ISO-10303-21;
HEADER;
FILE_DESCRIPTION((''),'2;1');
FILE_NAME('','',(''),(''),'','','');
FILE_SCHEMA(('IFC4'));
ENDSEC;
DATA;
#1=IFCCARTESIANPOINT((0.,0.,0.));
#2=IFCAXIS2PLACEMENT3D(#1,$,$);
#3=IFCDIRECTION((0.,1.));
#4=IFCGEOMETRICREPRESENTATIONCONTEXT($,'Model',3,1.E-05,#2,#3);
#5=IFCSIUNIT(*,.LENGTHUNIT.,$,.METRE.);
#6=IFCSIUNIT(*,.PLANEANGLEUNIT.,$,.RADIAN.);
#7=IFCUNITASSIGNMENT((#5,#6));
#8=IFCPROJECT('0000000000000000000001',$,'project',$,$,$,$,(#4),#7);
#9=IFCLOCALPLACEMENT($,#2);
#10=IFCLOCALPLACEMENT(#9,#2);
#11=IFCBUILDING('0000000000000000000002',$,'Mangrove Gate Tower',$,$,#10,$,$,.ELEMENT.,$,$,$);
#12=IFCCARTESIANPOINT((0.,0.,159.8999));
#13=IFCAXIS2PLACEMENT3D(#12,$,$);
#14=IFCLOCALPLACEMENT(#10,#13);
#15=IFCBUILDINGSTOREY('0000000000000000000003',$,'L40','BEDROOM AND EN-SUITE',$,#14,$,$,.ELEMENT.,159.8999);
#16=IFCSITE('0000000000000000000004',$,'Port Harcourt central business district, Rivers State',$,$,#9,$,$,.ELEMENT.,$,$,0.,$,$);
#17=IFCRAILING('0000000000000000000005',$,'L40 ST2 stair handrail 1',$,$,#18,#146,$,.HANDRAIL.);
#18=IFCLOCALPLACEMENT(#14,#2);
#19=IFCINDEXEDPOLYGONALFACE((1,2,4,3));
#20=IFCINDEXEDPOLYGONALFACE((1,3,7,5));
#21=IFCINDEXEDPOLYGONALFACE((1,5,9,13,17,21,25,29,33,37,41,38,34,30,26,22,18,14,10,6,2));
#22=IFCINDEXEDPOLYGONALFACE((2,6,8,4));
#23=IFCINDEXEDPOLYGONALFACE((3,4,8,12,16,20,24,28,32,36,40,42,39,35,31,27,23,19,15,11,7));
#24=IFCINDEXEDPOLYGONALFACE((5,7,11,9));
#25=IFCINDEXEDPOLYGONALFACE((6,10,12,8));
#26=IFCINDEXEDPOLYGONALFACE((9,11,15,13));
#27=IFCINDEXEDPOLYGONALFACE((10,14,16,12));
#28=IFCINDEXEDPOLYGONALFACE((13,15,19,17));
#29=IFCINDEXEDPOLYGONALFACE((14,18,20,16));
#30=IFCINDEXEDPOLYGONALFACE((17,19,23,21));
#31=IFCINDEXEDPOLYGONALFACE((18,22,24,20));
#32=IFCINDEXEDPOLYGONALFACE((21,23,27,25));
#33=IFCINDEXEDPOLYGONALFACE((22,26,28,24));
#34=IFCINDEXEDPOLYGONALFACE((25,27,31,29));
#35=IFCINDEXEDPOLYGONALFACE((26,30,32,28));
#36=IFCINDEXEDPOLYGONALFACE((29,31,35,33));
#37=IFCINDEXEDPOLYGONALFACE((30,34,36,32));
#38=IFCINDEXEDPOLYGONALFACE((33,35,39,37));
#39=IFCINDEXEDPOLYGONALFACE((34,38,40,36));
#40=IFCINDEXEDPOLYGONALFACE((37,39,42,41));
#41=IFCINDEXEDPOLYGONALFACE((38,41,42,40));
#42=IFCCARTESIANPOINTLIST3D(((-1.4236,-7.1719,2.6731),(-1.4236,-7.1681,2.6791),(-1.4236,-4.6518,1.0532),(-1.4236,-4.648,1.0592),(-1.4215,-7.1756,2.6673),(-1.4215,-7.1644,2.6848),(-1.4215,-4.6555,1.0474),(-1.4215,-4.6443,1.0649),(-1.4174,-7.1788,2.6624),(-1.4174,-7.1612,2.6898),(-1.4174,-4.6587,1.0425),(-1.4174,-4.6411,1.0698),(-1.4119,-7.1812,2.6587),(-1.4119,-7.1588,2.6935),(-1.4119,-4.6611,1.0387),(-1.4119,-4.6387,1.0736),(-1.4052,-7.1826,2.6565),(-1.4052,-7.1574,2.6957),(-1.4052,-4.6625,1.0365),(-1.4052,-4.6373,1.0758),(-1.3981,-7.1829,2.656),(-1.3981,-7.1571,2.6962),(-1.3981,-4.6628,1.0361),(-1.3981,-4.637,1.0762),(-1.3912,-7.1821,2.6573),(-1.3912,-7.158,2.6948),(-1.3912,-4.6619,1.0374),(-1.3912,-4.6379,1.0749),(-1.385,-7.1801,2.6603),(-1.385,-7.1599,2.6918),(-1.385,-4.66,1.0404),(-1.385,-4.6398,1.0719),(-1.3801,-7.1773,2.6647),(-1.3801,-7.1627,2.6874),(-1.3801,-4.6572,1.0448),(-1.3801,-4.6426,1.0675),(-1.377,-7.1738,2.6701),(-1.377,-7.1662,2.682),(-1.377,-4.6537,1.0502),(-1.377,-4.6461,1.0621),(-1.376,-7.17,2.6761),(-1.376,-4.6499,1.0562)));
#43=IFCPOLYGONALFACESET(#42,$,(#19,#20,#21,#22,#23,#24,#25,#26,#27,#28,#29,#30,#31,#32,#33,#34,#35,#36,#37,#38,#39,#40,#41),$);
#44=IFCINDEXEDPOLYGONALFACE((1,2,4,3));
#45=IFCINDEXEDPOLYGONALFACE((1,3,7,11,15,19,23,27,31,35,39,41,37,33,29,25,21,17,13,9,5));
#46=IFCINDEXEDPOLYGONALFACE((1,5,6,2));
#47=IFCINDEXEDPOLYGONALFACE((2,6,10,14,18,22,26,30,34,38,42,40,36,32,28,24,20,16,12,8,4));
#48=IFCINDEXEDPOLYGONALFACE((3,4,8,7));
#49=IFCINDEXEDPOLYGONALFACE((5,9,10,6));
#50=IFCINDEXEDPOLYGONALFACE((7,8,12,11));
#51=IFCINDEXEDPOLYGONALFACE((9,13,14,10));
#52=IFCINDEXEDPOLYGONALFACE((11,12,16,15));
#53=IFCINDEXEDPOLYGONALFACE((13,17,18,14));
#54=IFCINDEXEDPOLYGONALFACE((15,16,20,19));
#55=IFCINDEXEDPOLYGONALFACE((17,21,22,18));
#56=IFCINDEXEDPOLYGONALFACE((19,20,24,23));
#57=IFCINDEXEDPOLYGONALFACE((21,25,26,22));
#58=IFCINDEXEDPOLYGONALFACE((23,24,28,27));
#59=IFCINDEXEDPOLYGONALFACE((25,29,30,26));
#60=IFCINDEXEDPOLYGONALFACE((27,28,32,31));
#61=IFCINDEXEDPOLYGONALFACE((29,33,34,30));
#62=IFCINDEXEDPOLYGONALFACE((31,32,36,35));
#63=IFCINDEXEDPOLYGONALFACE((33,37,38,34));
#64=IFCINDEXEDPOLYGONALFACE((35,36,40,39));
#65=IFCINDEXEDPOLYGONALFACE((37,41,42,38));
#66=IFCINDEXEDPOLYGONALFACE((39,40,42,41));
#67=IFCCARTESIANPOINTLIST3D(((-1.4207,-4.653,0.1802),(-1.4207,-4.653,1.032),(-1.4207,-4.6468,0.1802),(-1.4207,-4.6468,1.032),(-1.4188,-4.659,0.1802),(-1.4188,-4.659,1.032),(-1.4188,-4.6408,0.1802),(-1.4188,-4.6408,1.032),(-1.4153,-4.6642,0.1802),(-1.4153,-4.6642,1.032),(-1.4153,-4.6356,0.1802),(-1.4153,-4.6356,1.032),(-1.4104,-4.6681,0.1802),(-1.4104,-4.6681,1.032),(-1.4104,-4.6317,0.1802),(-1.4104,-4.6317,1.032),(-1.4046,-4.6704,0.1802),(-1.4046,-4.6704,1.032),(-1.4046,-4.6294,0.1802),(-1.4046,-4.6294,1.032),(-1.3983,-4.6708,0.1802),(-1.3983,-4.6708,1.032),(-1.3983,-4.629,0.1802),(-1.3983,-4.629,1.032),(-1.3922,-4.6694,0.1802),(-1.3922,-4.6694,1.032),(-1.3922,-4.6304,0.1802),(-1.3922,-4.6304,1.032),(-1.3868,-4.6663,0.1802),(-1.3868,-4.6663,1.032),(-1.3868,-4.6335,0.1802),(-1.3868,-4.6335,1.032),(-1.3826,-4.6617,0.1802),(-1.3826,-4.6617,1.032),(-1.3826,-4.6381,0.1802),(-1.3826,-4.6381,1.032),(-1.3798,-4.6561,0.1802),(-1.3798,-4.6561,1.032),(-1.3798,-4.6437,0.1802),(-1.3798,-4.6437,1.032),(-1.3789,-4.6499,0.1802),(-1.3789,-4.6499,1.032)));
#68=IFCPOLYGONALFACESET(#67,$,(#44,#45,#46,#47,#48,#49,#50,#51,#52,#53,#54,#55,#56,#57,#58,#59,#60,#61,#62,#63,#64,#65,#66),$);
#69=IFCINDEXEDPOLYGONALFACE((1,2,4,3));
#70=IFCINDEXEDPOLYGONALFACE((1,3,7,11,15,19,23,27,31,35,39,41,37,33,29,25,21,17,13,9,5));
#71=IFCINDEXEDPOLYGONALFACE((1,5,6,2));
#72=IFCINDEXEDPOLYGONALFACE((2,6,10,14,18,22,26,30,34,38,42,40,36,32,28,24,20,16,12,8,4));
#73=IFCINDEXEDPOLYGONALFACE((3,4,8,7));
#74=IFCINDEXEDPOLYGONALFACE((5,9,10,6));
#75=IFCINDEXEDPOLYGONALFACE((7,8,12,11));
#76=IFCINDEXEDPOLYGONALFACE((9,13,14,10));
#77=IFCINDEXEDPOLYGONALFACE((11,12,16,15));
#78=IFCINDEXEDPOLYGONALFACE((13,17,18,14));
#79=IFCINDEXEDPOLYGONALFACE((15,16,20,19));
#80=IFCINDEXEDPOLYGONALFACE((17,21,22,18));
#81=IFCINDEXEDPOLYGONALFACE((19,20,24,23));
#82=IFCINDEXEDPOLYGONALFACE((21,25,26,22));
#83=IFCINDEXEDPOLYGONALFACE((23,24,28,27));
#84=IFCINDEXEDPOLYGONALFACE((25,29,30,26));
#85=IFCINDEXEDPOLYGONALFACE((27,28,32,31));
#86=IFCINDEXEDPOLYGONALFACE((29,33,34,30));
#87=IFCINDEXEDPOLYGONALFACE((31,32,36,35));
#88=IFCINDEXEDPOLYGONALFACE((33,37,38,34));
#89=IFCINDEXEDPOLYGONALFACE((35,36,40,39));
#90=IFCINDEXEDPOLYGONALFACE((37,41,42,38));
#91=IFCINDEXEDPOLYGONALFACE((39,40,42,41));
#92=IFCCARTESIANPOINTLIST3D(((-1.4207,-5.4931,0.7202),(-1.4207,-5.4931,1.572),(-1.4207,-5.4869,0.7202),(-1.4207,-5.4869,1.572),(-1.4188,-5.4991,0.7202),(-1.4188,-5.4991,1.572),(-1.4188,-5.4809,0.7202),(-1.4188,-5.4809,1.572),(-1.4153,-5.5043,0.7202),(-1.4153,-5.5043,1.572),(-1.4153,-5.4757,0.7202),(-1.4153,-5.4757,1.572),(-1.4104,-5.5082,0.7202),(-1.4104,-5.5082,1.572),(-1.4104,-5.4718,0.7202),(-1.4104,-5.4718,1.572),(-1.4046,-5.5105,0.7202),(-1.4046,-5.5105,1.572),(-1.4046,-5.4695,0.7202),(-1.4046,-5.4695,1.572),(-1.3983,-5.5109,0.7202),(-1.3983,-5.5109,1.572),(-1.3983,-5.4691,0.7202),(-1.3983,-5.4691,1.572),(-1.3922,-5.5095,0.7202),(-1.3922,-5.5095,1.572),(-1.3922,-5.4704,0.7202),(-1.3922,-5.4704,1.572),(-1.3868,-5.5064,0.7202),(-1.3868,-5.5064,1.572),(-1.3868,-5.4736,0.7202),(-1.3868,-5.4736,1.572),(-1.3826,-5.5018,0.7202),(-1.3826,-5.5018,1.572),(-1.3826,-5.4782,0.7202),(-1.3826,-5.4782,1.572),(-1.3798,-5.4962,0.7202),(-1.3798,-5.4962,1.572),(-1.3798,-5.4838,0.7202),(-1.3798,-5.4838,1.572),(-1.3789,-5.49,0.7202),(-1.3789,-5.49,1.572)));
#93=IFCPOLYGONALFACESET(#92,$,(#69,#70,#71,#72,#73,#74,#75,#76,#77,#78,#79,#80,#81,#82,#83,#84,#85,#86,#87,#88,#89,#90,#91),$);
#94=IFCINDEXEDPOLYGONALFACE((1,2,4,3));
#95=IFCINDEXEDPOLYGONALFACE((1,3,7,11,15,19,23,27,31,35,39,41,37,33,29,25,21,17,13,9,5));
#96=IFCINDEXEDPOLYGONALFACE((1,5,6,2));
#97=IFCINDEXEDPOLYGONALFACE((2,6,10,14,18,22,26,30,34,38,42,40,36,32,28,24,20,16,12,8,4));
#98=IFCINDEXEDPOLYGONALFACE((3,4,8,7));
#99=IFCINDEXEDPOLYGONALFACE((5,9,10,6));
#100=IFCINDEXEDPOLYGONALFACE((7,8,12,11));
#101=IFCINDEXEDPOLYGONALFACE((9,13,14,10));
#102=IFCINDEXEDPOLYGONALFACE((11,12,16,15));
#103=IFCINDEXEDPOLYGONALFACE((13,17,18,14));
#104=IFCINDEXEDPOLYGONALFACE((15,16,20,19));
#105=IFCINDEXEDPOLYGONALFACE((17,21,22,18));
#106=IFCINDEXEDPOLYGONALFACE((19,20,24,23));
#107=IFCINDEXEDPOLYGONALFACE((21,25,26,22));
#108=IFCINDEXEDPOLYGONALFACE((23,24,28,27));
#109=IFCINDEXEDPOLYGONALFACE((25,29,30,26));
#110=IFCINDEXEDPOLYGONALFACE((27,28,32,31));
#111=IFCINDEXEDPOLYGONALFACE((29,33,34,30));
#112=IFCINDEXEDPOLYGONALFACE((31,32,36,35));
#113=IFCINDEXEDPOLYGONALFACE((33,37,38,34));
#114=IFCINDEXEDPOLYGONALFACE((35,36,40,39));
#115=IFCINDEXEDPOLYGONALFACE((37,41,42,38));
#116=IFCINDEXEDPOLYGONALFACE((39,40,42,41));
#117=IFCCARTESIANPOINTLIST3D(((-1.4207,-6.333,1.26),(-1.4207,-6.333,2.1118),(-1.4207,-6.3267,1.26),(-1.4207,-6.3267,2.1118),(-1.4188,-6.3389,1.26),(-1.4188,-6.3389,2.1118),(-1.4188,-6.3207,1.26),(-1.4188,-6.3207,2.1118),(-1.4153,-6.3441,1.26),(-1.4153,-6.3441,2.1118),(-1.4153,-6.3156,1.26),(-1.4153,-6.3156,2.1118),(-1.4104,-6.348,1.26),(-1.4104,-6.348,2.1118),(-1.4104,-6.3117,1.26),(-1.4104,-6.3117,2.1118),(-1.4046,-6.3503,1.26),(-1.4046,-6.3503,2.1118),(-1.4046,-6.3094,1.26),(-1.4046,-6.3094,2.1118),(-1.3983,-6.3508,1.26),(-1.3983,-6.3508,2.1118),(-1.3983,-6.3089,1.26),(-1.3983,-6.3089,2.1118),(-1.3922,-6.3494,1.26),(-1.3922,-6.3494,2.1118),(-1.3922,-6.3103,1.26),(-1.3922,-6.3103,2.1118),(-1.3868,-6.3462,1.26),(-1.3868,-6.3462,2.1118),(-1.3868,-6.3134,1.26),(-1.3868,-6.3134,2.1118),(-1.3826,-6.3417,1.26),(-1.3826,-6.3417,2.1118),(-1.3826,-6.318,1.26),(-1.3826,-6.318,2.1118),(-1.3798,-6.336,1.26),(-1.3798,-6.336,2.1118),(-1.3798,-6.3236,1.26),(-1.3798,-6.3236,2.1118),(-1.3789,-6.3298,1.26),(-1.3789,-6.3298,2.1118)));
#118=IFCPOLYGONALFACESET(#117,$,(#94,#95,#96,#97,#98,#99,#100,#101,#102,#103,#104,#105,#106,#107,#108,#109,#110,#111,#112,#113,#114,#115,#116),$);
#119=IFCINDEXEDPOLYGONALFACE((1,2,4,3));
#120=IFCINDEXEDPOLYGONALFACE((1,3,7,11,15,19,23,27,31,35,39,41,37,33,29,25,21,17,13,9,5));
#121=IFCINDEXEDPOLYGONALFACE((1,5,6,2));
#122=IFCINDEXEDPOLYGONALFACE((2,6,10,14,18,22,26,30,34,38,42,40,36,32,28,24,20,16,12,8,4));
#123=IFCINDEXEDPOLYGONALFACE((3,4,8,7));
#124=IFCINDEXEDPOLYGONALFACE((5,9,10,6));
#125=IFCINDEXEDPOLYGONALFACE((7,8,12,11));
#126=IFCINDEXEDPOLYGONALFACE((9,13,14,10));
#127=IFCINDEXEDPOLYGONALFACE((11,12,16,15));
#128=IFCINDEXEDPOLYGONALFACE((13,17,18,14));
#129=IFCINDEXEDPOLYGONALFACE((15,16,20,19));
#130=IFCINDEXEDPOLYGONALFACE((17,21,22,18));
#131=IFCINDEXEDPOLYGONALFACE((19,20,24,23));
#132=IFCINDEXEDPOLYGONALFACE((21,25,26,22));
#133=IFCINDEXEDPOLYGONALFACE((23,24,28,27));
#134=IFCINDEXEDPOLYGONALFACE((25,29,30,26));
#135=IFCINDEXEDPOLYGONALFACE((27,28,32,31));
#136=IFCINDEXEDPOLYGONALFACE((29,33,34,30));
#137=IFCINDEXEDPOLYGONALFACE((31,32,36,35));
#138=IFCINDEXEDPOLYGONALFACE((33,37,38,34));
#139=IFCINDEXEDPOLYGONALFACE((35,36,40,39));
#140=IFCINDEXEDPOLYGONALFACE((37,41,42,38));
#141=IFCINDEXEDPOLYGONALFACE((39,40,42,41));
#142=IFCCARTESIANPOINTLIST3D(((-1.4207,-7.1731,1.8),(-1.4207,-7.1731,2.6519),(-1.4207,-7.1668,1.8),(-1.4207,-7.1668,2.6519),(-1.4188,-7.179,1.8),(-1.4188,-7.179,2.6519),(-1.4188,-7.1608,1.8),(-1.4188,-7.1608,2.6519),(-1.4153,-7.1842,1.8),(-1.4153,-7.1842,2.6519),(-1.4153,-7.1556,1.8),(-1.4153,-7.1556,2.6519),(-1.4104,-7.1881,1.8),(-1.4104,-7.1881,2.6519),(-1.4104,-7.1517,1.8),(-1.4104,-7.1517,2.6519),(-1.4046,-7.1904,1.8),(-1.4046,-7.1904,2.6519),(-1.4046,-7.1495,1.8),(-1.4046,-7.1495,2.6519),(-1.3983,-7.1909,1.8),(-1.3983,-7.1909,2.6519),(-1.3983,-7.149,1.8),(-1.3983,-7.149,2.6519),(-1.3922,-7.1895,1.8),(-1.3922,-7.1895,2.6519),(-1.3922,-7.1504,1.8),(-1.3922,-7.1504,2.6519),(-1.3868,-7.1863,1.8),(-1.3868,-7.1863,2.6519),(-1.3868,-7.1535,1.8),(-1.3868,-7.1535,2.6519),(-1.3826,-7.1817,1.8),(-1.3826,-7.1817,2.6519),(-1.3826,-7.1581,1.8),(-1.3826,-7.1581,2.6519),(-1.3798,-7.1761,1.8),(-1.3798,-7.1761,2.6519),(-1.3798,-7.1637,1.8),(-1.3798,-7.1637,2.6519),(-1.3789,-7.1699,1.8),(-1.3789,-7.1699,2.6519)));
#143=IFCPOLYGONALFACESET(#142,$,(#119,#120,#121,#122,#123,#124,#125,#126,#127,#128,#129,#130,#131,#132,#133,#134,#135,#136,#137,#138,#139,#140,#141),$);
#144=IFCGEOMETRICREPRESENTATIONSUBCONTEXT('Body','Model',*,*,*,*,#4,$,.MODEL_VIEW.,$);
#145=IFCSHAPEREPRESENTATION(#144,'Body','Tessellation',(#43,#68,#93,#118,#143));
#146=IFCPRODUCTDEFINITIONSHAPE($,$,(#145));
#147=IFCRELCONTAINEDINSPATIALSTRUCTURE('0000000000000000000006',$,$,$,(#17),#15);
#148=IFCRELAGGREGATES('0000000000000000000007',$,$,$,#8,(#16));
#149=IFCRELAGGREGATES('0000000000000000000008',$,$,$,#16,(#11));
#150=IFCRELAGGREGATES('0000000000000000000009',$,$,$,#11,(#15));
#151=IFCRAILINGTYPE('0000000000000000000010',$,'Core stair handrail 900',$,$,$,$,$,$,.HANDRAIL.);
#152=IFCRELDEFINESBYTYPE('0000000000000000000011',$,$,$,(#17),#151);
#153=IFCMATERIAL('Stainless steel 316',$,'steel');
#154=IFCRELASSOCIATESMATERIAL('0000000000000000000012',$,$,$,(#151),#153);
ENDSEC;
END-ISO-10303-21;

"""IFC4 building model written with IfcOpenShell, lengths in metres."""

from ifc_helpers import new_model, si_unit, direction, frame, origin, origin_2d, place, context, subcontext, project, spatial, circle, extrude, material, type_object, element, save


model = new_model("IFC4")

# Units and contexts
model_context = context("Model", 3, precision=1e-05, world=origin(), true_north=direction((0.0, 1.0)))
body_context = subcontext(model_context, "Body", "Model", "MODEL_VIEW")
ifc_project = project(units=[si_unit("LENGTHUNIT", "METRE"), si_unit("PLANEANGLEUNIT", "RADIAN")], contexts=[model_context])

# Site, building, storey
site_placement = place(None, origin())
site = spatial("IfcSite", under=ifc_project, at=site_placement, Name="Port Harcourt central business district, Rivers State", CompositionType="ELEMENT", RefElevation=0.0)
building_placement = place(site_placement, origin())
building = spatial("IfcBuilding", under=site, at=building_placement, Name="Mangrove Gate Tower", CompositionType="ELEMENT")
storey_placement = place(building_placement, frame((0.0, 0.0, 159.8999)))
storey = spatial("IfcBuildingStorey", under=building, at=storey_placement, Name="L40", Description="BEDROOM AND EN-SUITE", CompositionType="ELEMENT", Elevation=159.8999)

# Railing
ifc_material_1 = material(Name="Stainless steel 316", Category="steel")
railing_type_1 = type_object("IfcRailingType", Name="Core stair handrail 900", PredefinedType="HANDRAIL", material=ifc_material_1)
railing_1_placement = place(storey_placement, frame((-1.3999, -4.6499, 0.1802)))
element("IfcRailing", 1, at=railing_1_placement, inside=storey, type_object=railing_type_1, Name="L40 ST2 stair handrail 1", PredefinedType="HANDRAIL", context=body_context, shape_type="SweptSolid", body=[
    extrude(circle(Radius=0.0239, at=origin_2d()), frame((0.0, 0.0, 0.876), z_axis=(0.0, -0.8412, 0.540725), x_axis=(1.0, 0.0, 0.0)), (0.0, 0.0, 1.0), 2.9958),
    extrude(circle(Radius=0.021, at=origin_2d()), origin(), (0.0, 0.0, 1.0), 0.8518),
    extrude(circle(Radius=0.021, at=origin_2d()), frame((0.0, -0.8401, 0.54)), (0.0, 0.0, 1.0), 0.8518),
    extrude(circle(Radius=0.021, at=origin_2d()), frame((0.0, -1.6799, 1.0798)), (0.0, 0.0, 1.0), 0.8518),
    extrude(circle(Radius=0.021, at=origin_2d()), frame((0.0, -2.52, 1.6199)), (0.0, 0.0, 1.0), 0.8518),
])

save(model, "model.ifc")
